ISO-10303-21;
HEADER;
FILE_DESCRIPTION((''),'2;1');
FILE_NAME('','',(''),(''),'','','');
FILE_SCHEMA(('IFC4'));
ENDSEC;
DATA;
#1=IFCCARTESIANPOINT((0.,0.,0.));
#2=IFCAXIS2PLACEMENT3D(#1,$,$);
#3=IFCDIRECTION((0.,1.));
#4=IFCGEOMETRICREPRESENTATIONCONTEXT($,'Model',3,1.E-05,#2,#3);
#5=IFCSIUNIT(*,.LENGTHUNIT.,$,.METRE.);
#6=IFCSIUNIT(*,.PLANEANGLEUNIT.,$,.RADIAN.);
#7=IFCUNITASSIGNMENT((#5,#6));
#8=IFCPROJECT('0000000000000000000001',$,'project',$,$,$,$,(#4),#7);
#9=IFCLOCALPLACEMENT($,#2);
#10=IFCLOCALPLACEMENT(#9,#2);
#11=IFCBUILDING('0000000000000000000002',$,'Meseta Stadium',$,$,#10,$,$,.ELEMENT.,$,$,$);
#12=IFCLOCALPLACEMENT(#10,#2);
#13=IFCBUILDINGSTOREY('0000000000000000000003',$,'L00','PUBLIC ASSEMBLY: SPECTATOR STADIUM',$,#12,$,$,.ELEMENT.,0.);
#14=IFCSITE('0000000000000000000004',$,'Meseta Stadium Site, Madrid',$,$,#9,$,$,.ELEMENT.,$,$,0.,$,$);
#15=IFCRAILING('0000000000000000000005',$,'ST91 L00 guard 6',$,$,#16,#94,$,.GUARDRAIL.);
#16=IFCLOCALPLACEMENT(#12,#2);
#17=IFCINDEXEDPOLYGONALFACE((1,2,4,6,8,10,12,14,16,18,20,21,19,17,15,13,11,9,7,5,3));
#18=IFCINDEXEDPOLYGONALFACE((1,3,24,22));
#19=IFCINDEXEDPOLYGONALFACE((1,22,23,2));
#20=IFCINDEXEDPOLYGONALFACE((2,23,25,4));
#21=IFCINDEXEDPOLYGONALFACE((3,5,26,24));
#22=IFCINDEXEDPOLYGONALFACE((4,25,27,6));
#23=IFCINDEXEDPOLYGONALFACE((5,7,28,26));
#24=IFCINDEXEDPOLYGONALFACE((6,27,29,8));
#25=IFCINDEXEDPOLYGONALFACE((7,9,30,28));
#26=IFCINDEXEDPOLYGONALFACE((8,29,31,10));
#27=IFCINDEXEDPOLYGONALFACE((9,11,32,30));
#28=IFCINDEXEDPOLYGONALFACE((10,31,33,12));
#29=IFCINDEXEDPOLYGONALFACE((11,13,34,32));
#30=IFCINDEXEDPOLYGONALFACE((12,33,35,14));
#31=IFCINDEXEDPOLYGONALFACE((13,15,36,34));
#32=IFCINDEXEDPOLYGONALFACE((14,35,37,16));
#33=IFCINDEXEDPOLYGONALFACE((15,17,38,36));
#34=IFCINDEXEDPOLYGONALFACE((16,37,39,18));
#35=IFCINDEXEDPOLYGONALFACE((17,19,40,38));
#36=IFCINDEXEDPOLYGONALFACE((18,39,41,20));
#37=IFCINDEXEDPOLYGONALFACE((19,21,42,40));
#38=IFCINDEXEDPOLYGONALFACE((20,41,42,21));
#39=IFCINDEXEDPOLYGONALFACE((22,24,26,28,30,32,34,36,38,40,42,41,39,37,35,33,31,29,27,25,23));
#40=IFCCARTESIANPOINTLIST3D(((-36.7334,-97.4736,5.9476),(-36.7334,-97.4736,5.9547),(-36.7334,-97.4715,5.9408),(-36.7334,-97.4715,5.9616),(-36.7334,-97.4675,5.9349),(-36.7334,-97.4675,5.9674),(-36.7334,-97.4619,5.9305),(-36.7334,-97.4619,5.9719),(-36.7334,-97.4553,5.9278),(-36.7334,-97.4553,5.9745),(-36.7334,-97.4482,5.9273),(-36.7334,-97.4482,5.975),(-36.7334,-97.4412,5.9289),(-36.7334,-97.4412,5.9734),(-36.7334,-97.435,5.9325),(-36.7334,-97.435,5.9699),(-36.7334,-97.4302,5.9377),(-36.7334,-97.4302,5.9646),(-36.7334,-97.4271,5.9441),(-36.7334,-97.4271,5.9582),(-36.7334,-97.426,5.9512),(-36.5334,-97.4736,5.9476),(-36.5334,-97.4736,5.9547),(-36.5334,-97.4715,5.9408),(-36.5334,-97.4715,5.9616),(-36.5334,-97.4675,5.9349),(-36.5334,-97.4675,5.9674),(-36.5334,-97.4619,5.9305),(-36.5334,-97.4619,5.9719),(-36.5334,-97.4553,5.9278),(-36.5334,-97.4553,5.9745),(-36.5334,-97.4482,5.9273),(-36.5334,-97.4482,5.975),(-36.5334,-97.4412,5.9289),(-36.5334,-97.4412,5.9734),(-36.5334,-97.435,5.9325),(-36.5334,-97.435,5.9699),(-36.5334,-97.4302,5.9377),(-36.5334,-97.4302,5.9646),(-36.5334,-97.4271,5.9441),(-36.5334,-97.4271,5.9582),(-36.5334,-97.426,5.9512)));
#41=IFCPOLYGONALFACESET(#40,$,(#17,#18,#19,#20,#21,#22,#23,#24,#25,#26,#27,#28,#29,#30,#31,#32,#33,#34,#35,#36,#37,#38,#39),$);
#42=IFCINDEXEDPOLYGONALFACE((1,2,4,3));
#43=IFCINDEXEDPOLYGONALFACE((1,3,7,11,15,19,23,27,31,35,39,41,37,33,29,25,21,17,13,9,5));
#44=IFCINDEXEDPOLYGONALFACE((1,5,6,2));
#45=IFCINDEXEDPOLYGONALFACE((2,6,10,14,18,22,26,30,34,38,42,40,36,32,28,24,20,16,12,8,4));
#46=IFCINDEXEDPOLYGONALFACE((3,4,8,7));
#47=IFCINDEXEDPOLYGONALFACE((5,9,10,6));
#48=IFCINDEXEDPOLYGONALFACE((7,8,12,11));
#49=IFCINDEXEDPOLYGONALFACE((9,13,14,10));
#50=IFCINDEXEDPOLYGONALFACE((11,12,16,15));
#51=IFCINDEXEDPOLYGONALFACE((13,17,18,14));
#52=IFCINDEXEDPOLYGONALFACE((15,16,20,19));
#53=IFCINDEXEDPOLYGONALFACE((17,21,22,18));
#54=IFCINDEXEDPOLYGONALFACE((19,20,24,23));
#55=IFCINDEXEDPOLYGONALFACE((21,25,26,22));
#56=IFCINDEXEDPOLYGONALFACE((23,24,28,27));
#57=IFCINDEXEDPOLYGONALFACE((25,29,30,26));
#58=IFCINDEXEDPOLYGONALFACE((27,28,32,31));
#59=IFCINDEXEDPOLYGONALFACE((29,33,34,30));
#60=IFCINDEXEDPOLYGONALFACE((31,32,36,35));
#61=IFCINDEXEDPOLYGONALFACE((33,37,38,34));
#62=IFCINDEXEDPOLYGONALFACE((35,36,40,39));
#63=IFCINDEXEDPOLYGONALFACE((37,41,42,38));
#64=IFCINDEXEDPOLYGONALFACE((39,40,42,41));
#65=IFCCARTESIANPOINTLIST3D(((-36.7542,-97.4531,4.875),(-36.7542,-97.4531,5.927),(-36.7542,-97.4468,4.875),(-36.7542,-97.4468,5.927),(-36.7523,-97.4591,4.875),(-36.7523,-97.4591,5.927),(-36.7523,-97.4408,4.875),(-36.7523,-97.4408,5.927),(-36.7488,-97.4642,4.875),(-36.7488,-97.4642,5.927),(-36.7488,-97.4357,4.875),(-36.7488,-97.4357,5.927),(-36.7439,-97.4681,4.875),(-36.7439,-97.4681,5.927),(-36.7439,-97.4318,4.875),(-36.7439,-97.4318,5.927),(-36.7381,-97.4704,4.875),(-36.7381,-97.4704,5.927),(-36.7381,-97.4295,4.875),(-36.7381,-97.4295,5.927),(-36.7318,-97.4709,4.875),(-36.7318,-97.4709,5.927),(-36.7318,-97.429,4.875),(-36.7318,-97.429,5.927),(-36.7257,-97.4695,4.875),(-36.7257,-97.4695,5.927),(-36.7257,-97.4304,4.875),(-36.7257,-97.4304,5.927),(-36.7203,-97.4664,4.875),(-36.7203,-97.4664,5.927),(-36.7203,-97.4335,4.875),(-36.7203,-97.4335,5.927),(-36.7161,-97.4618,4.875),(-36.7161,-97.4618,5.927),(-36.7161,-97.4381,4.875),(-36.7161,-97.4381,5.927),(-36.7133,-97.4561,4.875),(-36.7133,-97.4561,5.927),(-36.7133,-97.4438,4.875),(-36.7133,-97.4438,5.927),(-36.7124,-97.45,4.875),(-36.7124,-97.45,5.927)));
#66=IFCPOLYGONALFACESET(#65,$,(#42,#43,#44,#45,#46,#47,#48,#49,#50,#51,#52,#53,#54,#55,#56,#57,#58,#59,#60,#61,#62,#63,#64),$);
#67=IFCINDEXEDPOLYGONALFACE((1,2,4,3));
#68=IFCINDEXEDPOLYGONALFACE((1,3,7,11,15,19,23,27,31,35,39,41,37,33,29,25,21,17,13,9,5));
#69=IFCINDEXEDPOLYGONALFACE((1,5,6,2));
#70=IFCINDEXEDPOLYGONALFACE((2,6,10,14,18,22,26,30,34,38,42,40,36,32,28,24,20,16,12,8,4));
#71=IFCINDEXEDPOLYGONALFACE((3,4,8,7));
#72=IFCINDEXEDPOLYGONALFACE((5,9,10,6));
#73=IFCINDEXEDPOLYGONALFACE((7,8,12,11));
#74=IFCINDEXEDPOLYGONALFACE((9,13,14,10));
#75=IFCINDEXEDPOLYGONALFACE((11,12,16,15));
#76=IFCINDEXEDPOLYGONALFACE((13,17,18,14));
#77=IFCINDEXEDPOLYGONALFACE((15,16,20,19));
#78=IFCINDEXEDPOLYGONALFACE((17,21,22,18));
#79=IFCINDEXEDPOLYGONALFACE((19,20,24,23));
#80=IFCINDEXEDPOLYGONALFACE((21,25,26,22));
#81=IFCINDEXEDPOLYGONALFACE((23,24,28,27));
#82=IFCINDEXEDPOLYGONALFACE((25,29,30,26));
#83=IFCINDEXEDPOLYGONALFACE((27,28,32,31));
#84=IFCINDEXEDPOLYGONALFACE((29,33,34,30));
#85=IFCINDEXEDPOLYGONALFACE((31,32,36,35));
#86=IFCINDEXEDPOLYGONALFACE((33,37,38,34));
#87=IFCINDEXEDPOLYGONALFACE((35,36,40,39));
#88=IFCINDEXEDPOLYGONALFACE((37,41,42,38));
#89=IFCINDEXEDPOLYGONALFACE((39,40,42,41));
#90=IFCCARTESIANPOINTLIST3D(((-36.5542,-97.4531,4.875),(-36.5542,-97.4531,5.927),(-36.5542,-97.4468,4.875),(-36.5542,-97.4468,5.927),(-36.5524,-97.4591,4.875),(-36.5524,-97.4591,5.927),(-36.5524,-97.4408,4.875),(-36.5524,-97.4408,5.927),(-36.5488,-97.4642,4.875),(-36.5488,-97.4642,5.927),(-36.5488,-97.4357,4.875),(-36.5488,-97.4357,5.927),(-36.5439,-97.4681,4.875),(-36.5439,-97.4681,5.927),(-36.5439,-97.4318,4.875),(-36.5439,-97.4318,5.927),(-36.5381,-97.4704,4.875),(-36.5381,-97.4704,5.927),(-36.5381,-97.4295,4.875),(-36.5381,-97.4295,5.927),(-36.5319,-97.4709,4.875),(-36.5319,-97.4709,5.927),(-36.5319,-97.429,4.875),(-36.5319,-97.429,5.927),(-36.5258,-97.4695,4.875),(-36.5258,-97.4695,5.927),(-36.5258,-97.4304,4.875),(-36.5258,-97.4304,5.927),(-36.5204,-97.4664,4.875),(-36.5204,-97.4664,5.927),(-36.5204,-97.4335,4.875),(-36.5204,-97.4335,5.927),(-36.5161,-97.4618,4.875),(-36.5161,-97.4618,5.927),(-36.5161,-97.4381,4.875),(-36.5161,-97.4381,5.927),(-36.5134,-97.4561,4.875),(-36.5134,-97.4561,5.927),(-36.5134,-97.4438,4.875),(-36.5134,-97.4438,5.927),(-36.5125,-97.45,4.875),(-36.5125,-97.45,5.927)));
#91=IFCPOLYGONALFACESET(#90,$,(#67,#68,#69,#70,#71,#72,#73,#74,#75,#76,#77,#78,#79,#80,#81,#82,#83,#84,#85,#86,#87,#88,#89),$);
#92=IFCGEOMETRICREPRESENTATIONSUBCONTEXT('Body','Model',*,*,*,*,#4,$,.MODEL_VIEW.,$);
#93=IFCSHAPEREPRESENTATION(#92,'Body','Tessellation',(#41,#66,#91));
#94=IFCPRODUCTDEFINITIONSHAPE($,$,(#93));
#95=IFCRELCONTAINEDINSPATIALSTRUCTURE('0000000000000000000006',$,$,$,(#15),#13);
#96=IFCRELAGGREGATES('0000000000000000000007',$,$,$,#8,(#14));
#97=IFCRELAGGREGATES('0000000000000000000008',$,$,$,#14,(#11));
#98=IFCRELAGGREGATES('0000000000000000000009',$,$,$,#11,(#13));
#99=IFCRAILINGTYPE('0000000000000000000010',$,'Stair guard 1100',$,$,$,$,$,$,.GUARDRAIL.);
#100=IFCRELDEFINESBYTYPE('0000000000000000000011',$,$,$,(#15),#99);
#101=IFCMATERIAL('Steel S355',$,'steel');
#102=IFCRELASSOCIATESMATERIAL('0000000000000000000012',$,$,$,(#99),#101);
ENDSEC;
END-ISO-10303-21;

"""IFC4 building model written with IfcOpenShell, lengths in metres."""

from ifc_helpers import new_model, si_unit, direction, frame, origin, origin_2d, place, context, subcontext, project, spatial, circle, extrude, material, type_object, element, save


model = new_model("IFC4")

# Units and contexts
model_context = context("Model", 3, precision=1e-05, world=origin(), true_north=direction((0.0, 1.0)))
body_context = subcontext(model_context, "Body", "Model", "MODEL_VIEW")
ifc_project = project(units=[si_unit("LENGTHUNIT", "METRE"), si_unit("PLANEANGLEUNIT", "RADIAN")], contexts=[model_context])

# Site, building, storey
site_placement = place(None, origin())
site = spatial("IfcSite", under=ifc_project, at=site_placement, Name="Meseta Stadium Site, Madrid", CompositionType="ELEMENT", RefElevation=0.0)
building_placement = place(site_placement, origin())
building = spatial("IfcBuilding", under=site, at=building_placement, Name="Meseta Stadium", CompositionType="ELEMENT")
storey_placement = place(building_placement, origin())
storey = spatial("IfcBuildingStorey", under=building, at=storey_placement, Name="L00", Description="PUBLIC ASSEMBLY: SPECTATOR STADIUM", CompositionType="ELEMENT", Elevation=0.0)

# Railing
ifc_material_1 = material(Name="Steel S355", Category="steel")
railing_type_1 = type_object("IfcRailingType", Name="Stair guard 1100", PredefinedType="GUARDRAIL", material=ifc_material_1)
railing_1_placement = place(storey_placement, frame((-36.7334, -97.45, 4.875)))
element("IfcRailing", 1, at=railing_1_placement, inside=storey, type_object=railing_type_1, Name="ST91 L00 guard 6", PredefinedType="GUARDRAIL", context=body_context, shape_type="SweptSolid", body=[
    extrude(circle(Radius=0.0239, at=origin_2d()), frame((0.0, 0.0, 1.0762), z_axis=(1.0, 0.0, 0.0), x_axis=(0.0, 1.0, 0.0)), (0.0, 0.0, 1.0), 0.2),
    extrude(circle(Radius=0.021, at=origin_2d()), origin(), (0.0, 0.0, 1.0), 1.052),
    extrude(circle(Radius=0.021, at=origin_2d()), frame((0.2, 0.0, 0.0)), (0.0, 0.0, 1.0), 1.052),
])

save(model, "model.ifc")
